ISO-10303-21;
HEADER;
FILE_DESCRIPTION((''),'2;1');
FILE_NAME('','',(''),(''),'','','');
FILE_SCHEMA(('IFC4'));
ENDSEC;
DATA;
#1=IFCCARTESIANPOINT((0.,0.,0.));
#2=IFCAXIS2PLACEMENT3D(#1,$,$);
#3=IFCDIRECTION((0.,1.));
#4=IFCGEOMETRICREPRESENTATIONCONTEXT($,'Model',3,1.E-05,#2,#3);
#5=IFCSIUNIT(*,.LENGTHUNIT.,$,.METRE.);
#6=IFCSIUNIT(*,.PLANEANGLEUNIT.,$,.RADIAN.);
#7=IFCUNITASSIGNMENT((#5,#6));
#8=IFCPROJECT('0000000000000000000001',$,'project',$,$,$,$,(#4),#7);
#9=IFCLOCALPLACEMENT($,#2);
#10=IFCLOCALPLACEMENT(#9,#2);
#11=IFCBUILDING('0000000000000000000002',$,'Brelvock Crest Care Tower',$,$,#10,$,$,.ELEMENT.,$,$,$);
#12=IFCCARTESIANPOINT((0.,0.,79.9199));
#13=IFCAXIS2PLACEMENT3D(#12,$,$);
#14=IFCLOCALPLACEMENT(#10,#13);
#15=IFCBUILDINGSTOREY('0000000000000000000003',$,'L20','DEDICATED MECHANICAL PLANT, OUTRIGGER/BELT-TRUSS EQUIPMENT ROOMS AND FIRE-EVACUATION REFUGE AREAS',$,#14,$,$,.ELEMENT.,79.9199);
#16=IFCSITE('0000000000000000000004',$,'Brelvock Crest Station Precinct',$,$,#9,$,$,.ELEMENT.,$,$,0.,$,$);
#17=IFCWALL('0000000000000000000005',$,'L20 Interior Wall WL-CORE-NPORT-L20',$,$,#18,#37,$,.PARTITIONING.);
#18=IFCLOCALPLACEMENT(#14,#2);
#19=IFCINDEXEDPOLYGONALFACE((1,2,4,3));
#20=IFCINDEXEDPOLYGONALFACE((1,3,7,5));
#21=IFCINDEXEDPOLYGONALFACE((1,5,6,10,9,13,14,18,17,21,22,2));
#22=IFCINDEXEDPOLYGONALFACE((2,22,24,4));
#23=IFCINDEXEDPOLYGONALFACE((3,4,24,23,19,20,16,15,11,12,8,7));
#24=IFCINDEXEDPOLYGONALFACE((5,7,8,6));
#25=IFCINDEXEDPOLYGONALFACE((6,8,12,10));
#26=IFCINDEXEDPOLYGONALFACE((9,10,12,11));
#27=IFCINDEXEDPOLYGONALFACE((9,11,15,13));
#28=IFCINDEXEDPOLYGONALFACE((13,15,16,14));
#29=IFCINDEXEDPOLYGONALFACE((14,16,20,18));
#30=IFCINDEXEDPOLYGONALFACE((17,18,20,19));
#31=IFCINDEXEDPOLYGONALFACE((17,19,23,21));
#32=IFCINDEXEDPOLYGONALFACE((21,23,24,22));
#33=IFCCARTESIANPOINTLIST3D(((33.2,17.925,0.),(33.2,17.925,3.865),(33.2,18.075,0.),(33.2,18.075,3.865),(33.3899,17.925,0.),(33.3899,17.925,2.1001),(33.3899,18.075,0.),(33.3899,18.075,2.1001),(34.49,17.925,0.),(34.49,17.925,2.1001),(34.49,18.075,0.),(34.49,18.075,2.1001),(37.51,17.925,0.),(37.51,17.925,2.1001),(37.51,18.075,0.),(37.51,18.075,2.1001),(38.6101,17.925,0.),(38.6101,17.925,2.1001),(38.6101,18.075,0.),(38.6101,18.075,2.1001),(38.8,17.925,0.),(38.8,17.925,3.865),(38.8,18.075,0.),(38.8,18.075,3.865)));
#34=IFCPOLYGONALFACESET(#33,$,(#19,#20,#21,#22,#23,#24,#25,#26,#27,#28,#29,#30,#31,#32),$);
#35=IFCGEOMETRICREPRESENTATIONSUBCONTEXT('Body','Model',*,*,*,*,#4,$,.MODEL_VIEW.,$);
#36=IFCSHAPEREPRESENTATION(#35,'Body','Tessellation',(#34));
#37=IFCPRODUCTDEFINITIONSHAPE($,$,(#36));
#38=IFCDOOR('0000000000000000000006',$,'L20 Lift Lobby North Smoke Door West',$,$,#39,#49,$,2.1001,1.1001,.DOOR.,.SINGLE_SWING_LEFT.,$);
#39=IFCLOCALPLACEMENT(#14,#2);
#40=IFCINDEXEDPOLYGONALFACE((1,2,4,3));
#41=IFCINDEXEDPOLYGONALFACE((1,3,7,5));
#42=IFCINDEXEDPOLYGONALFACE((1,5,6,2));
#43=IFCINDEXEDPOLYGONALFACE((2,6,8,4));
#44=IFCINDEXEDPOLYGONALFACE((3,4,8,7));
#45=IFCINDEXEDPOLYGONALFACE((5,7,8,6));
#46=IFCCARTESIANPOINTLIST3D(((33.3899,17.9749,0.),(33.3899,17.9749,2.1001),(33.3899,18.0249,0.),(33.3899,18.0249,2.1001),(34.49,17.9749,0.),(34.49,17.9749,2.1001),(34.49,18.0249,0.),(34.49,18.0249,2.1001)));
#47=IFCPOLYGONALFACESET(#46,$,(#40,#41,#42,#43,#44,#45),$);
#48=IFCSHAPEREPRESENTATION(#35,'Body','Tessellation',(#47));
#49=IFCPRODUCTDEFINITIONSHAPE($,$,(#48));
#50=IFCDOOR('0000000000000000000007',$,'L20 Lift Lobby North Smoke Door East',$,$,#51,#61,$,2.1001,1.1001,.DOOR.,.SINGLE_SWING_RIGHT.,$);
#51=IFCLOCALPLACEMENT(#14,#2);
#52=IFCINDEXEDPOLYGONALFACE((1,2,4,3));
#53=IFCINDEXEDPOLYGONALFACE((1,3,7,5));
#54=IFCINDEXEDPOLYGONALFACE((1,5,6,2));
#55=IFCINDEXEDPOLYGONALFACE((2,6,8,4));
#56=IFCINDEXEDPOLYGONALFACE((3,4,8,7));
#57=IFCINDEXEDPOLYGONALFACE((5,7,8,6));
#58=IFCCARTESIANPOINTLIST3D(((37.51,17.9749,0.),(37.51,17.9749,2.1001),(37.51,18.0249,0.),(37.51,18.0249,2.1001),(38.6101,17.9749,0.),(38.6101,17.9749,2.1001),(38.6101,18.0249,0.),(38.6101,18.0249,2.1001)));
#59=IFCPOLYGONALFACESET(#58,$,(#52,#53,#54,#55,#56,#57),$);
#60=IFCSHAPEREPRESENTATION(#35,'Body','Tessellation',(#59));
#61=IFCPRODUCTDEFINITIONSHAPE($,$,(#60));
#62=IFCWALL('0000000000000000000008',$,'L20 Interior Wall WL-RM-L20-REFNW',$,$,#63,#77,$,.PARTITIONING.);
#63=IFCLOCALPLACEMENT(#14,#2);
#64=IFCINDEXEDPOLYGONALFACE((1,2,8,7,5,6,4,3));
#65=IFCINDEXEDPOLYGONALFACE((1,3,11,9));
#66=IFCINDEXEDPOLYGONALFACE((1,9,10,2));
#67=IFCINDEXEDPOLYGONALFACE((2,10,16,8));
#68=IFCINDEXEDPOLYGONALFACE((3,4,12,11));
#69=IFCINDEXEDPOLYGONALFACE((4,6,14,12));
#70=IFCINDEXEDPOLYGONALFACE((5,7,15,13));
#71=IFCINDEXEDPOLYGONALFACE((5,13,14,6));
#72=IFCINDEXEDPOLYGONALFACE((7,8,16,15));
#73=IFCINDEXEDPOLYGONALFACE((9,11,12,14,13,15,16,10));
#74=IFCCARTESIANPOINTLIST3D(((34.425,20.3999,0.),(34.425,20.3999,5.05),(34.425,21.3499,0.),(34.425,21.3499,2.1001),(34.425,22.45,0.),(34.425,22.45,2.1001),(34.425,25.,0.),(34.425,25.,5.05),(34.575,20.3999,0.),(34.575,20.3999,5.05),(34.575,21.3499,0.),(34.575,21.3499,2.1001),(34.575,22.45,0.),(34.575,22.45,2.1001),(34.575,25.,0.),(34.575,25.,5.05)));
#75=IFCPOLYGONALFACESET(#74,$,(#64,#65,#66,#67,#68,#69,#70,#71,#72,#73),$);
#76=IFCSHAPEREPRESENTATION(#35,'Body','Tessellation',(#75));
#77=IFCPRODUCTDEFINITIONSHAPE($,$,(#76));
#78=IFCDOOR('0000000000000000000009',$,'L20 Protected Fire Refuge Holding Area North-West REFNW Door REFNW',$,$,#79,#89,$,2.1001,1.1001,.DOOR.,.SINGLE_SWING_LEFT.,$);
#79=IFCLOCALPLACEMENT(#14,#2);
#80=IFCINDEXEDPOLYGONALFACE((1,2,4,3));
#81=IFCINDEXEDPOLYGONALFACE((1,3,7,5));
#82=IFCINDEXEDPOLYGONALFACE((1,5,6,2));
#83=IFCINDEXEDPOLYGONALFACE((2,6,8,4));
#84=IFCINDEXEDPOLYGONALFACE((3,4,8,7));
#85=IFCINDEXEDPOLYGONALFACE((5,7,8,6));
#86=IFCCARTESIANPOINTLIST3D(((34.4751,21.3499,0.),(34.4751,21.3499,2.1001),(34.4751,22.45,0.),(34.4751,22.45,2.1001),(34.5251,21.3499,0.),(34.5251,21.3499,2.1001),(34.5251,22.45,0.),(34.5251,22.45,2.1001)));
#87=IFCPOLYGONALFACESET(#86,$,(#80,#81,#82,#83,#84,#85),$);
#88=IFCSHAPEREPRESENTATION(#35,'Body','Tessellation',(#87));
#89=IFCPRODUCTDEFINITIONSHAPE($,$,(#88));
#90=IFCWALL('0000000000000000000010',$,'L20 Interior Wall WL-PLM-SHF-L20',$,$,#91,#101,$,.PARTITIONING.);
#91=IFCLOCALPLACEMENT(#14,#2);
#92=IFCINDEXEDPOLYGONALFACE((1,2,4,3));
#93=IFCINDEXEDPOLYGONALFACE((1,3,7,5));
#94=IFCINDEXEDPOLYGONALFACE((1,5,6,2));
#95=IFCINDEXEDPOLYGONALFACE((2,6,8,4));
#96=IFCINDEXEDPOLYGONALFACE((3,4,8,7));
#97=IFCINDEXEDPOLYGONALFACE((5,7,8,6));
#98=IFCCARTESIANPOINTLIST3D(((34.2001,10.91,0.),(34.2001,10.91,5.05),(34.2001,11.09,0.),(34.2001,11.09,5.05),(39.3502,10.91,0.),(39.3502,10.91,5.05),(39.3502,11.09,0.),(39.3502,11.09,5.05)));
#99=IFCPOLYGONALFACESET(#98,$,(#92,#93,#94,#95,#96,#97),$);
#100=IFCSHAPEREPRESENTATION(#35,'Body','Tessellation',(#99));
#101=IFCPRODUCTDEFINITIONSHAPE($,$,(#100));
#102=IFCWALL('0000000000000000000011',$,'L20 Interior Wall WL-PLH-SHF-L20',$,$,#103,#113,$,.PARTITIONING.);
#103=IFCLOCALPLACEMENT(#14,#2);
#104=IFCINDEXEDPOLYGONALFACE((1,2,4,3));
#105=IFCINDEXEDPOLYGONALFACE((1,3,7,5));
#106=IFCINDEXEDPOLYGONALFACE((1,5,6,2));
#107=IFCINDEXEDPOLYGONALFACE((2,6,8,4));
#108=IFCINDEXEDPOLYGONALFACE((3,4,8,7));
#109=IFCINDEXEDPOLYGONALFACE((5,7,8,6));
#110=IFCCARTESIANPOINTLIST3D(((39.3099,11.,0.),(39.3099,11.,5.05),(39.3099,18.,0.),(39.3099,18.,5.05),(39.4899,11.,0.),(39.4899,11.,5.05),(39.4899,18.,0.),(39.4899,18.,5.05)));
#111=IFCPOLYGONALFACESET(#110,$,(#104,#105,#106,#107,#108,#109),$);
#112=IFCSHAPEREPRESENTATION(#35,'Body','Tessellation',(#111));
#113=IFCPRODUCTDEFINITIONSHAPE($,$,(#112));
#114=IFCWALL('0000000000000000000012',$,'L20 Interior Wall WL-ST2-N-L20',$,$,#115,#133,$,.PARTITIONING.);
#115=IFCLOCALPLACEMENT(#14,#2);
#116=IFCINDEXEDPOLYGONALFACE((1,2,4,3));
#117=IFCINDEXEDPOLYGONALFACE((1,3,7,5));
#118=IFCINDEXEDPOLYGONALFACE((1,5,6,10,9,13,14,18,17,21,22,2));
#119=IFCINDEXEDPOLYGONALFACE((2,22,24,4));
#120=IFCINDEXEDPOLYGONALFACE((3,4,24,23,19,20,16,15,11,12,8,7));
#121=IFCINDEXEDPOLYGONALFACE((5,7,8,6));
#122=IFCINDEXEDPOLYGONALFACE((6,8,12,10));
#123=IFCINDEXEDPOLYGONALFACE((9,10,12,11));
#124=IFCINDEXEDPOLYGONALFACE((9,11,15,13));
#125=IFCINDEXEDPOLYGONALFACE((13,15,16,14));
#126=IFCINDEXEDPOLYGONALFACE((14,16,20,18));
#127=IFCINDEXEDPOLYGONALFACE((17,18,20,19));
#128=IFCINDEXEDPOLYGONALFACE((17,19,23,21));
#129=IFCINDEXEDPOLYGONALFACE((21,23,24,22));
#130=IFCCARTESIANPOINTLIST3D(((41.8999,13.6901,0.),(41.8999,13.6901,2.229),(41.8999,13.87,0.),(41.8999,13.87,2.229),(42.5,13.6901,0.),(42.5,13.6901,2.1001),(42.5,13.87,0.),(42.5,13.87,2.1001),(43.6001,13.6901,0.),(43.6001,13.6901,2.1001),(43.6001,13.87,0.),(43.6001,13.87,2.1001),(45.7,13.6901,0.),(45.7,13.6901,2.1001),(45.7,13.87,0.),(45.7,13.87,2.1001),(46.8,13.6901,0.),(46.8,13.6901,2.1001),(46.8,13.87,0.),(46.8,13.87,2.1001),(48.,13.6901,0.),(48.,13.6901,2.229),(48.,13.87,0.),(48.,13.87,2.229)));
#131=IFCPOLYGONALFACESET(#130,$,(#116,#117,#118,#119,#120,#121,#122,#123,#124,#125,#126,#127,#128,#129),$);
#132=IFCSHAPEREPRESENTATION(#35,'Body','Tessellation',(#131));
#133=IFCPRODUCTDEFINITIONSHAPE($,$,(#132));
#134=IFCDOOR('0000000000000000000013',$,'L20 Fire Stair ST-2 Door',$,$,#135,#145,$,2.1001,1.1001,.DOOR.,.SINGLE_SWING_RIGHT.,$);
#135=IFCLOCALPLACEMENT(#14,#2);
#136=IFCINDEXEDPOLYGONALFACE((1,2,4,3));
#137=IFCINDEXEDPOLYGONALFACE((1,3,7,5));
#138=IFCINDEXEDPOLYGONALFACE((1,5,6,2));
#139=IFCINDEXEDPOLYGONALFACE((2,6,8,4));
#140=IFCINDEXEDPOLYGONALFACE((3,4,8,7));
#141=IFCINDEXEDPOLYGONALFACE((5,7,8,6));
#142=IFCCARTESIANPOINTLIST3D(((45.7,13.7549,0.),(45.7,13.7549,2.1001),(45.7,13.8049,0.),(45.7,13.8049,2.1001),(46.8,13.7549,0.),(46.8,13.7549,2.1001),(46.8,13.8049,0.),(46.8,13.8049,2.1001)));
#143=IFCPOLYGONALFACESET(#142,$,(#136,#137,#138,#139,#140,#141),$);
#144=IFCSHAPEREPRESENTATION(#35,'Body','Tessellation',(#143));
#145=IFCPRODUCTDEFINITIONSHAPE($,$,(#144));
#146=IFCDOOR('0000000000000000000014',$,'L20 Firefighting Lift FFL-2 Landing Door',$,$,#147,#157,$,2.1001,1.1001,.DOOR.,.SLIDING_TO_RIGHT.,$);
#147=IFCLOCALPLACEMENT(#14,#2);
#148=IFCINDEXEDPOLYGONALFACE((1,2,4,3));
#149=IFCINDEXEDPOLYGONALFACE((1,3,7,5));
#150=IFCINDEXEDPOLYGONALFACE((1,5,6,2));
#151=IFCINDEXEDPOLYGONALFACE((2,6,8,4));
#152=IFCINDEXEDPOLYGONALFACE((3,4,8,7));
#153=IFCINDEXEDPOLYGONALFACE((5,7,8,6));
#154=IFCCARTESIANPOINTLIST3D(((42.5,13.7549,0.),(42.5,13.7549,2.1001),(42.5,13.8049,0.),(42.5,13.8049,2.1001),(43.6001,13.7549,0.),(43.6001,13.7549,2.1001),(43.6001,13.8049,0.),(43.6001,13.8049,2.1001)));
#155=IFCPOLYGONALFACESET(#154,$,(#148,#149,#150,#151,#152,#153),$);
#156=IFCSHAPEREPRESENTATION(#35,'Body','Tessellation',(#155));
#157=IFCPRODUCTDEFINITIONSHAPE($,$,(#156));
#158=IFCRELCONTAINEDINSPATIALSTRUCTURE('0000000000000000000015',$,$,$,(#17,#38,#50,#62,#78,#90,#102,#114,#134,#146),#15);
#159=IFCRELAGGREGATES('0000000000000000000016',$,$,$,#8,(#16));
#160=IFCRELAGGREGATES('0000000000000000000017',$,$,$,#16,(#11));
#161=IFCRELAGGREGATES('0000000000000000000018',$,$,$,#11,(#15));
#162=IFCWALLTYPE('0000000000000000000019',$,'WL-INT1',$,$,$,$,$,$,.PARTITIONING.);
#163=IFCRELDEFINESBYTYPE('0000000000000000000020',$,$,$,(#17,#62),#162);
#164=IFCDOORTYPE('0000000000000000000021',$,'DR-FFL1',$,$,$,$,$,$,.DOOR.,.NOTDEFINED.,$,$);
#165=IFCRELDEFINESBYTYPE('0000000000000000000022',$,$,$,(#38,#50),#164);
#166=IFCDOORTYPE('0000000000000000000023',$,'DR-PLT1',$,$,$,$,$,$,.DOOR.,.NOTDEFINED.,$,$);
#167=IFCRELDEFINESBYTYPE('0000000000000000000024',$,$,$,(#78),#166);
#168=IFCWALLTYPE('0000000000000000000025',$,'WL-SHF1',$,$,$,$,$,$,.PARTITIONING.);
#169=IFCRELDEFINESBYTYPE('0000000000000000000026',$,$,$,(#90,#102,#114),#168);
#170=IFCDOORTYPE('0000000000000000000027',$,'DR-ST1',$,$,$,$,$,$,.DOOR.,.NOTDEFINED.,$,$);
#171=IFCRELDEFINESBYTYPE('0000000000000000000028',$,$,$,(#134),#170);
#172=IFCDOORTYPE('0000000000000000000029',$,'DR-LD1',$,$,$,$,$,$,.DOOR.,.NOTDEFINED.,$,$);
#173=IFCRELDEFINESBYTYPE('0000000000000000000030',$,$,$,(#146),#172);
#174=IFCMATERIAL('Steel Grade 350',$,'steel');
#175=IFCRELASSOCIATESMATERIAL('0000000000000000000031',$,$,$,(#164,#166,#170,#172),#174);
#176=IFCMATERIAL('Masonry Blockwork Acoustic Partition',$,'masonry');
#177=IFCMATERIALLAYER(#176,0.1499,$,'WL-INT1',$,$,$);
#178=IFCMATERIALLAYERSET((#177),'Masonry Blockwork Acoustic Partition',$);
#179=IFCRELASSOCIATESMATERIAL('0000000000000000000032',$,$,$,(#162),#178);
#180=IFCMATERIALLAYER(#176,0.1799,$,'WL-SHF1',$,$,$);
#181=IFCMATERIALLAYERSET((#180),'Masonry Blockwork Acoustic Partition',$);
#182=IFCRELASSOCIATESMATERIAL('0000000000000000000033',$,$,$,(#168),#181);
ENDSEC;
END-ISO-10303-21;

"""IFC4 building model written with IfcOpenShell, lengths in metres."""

from ifc_helpers import new_model, si_unit, direction, frame, frame_2d, origin, origin_2d, place, context, subcontext, project, spatial, rectangle, extrude, source, transform, mapped, material, layer, layer_set, type_object, element, fill, save


model = new_model("IFC4")

# Units and contexts
model_context = context("Model", 3, precision=1e-05, world=origin(), true_north=direction((0.0, 1.0)))
body_context = subcontext(model_context, "Body", "Model", "MODEL_VIEW")
ifc_project = project(units=[si_unit("LENGTHUNIT", "METRE"), si_unit("PLANEANGLEUNIT", "RADIAN")], contexts=[model_context])

# Site, building, storey
site_placement = place(None, origin())
site = spatial("IfcSite", under=ifc_project, at=site_placement, Name="Brelvock Crest Station Precinct", CompositionType="ELEMENT", RefElevation=0.0)
building_placement = place(site_placement, origin())
building = spatial("IfcBuilding", under=site, at=building_placement, Name="Brelvock Crest Care Tower", CompositionType="ELEMENT")
storey_placement = place(building_placement, frame((0.0, 0.0, 79.9199)))
storey = spatial("IfcBuildingStorey", under=building, at=storey_placement, Name="L20", Description="DEDICATED MECHANICAL PLANT, OUTRIGGER/BELT-TRUSS EQUIPMENT ROOMS AND FIRE-EVACUATION REFUGE AREAS", CompositionType="ELEMENT", Elevation=79.9199)

# Shared definitions
ifc_material_1 = material(Name="Steel Grade 350", Category="steel")

# Shared definitions
door_type_1 = type_object("IfcDoorType", Name="DR-FFL1", OperationType="NOTDEFINED", PredefinedType="DOOR", material=ifc_material_1)
shared_shape_1 = source(origin(), body_context, "Body", "SweptSolid", [
    extrude(rectangle(XDim=1.1001, YDim=2.1001, at=origin_2d()), frame((0.55, 0.0249, 1.05), z_axis=(0.0, -1.0, 0.0), x_axis=(1.0, 0.0, 0.0)), (0.0, 0.0, 1.0), 0.05),
])

# Wall, openings, doors
ifc_material_2 = material(Name="Masonry Blockwork Acoustic Partition", Category="masonry")
ifc_layer_1 = layer(ifc_material_2, 0.1499, Name="WL-INT1")
ifc_layer_set_1 = layer_set([ifc_layer_1], Name="Masonry Blockwork Acoustic Partition")
wall_type_1 = type_object("IfcWallType", Name="WL-INT1", PredefinedType="PARTITIONING", material=ifc_layer_set_1)
wall_1_placement = place(storey_placement, frame((33.2, 18.0, 0.0), z_axis=(0.0, 0.0, 1.0), x_axis=(1.0, 0.0, 0.0)))
wall_1 = element("IfcWall", 1, at=wall_1_placement, inside=storey, type_object=wall_type_1, Name="L20 Interior Wall WL-CORE-NPORT-L20", PredefinedType="PARTITIONING", context=body_context, shape_type="SweptSolid", body=[
    extrude(rectangle(XDim=5.6001, YDim=0.1499, at=frame_2d((2.8, 0.0))), origin(), (0.0, 0.0, 1.0), 3.865),
])
opening_1_placement = place(wall_1_placement, frame((0.1899, 0.0, 0.0)))
opening_1 = element("IfcOpeningElement", 2, at=opening_1_placement, cuts=wall_1, PredefinedType="OPENING", context=body_context, shape_type="SweptSolid", body=[
    extrude(rectangle(XDim=1.1001, YDim=2.1001, at=origin_2d()), frame((0.55, 0.085, 1.05), z_axis=(0.0, -1.0, 0.0), x_axis=(1.0, 0.0, 0.0)), (0.0, 0.0, 1.0), 0.1699),
])
opening_2_placement = place(wall_1_placement, frame((4.3101, 0.0, 0.0)))
opening_2 = element("IfcOpeningElement", 3, at=opening_2_placement, cuts=wall_1, PredefinedType="OPENING", context=body_context, shape_type="SweptSolid", body=[
    extrude(rectangle(XDim=1.1001, YDim=2.1001, at=origin_2d()), frame((0.55, 0.085, 1.05), z_axis=(0.0, -1.0, 0.0), x_axis=(1.0, 0.0, 0.0)), (0.0, 0.0, 1.0), 0.1699),
])
door_1_placement = place(opening_1_placement, origin())
door_1 = element("IfcDoor", 4, at=door_1_placement, inside=storey, type_object=door_type_1, Name="L20 Lift Lobby North Smoke Door West", OperationType="SINGLE_SWING_LEFT", OverallHeight=2.1001, OverallWidth=1.1001, PredefinedType="DOOR", context=body_context, shape_type="MappedRepresentation", body=[
    mapped(shared_shape_1, transform((0.0, 0.0, 0.0), x_axis=(1.0, 0.0, 0.0), y_axis=(0.0, 1.0, 0.0), z_axis=(0.0, 0.0, 1.0), scale=1.0)),
])
fill(opening_1, door_1)
door_2_placement = place(opening_2_placement, origin())
door_2 = element("IfcDoor", 5, at=door_2_placement, inside=storey, type_object=door_type_1, Name="L20 Lift Lobby North Smoke Door East", OperationType="SINGLE_SWING_RIGHT", OverallHeight=2.1001, OverallWidth=1.1001, PredefinedType="DOOR", context=body_context, shape_type="MappedRepresentation", body=[
    mapped(shared_shape_1, transform((0.0, 0.0, 0.0), x_axis=(1.0, 0.0, 0.0), y_axis=(0.0, 1.0, 0.0), z_axis=(0.0, 0.0, 1.0), scale=1.0)),
])
fill(opening_2, door_2)

# Wall, opening, door
wall_2_placement = place(storey_placement, frame((34.5, 20.3999, 0.0), z_axis=(0.0, 0.0, 1.0), x_axis=(0.0, 1.0, 0.0)))
wall_2 = element("IfcWall", 6, at=wall_2_placement, inside=storey, type_object=wall_type_1, Name="L20 Interior Wall WL-RM-L20-REFNW", PredefinedType="PARTITIONING", context=body_context, shape_type="SweptSolid", body=[
    extrude(rectangle(XDim=4.6001, YDim=0.1499, at=frame_2d((2.3, 0.0))), origin(), (0.0, 0.0, 1.0), 5.05),
])
opening_3_placement = place(wall_2_placement, frame((0.95, 0.0, 0.0)))
opening_3 = element("IfcOpeningElement", 7, at=opening_3_placement, cuts=wall_2, PredefinedType="OPENING", context=body_context, shape_type="SweptSolid", body=[
    extrude(rectangle(XDim=1.1001, YDim=2.1001, at=origin_2d()), frame((0.55, 0.085, 1.05), z_axis=(0.0, -1.0, 0.0), x_axis=(1.0, 0.0, 0.0)), (0.0, 0.0, 1.0), 0.1699),
])
door_type_2 = type_object("IfcDoorType", Name="DR-PLT1", OperationType="NOTDEFINED", PredefinedType="DOOR", material=ifc_material_1)
shared_shape_2 = source(origin(), body_context, "Body", "SweptSolid", [
    extrude(rectangle(XDim=1.1001, YDim=2.1001, at=origin_2d()), frame((0.55, 0.0249, 1.05), z_axis=(0.0, -1.0, 0.0), x_axis=(1.0, 0.0, 0.0)), (0.0, 0.0, 1.0), 0.05),
])
door_3_placement = place(opening_3_placement, origin())
door_3 = element("IfcDoor", 8, at=door_3_placement, inside=storey, type_object=door_type_2, Name="L20 Protected Fire Refuge Holding Area North-West REFNW Door REFNW", OperationType="SINGLE_SWING_LEFT", OverallHeight=2.1001, OverallWidth=1.1001, PredefinedType="DOOR", context=body_context, shape_type="MappedRepresentation", body=[
    mapped(shared_shape_2, transform((0.0, 0.0, 0.0), x_axis=(1.0, 0.0, 0.0), y_axis=(0.0, 1.0, 0.0), z_axis=(0.0, 0.0, 1.0), scale=1.0)),
])
fill(opening_3, door_3)

# Walls
ifc_layer_2 = layer(ifc_material_2, 0.1799, Name="WL-SHF1")
ifc_layer_set_2 = layer_set([ifc_layer_2], Name="Masonry Blockwork Acoustic Partition")
wall_type_2 = type_object("IfcWallType", Name="WL-SHF1", PredefinedType="PARTITIONING", material=ifc_layer_set_2)
wall_3_placement = place(storey_placement, frame((34.2, 11.0, 0.0), z_axis=(0.0, 0.0, 1.0), x_axis=(1.0, 0.0, 0.0)))
element("IfcWall", 9, at=wall_3_placement, inside=storey, type_object=wall_type_2, Name="L20 Interior Wall WL-PLM-SHF-L20", PredefinedType="PARTITIONING", context=body_context, shape_type="SweptSolid", body=[
    extrude(rectangle(XDim=5.1501, YDim=0.1799, at=frame_2d((2.5752, 0.0))), origin(), (0.0, 0.0, 1.0), 5.05),
])
wall_4_placement = place(storey_placement, frame((39.3999, 11.0, 0.0), z_axis=(0.0, 0.0, 1.0), x_axis=(0.0, 1.0, 0.0)))
element("IfcWall", 10, at=wall_4_placement, inside=storey, type_object=wall_type_2, Name="L20 Interior Wall WL-PLH-SHF-L20", PredefinedType="PARTITIONING", context=body_context, shape_type="SweptSolid", body=[
    extrude(rectangle(XDim=7.0, YDim=0.1799, at=frame_2d((3.5, 0.0))), origin(), (0.0, 0.0, 1.0), 5.05),
])

# Wall, openings, doors
wall_5_placement = place(storey_placement, frame((41.8999, 13.78, 0.0), z_axis=(0.0, 0.0, 1.0), x_axis=(1.0, 0.0, 0.0)))
wall_5 = element("IfcWall", 11, at=wall_5_placement, inside=storey, type_object=wall_type_2, Name="L20 Interior Wall WL-ST2-N-L20", PredefinedType="PARTITIONING", context=body_context, shape_type="SweptSolid", body=[
    extrude(rectangle(XDim=6.1001, YDim=0.1799, at=frame_2d((3.05, 0.0))), origin(), (0.0, 0.0, 1.0), 2.229),
])
opening_4_placement = place(wall_5_placement, frame((0.6001, 0.0, 0.0)))
opening_4 = element("IfcOpeningElement", 12, at=opening_4_placement, cuts=wall_5, PredefinedType="OPENING", context=body_context, shape_type="SweptSolid", body=[
    extrude(rectangle(XDim=1.1001, YDim=2.1001, at=origin_2d()), frame((0.55, 0.1001, 1.05), z_axis=(0.0, -1.0, 0.0), x_axis=(1.0, 0.0, 0.0)), (0.0, 0.0, 1.0), 0.2),
])
opening_5_placement = place(wall_5_placement, frame((3.8, 0.0, 0.0)))
opening_5 = element("IfcOpeningElement", 13, at=opening_5_placement, cuts=wall_5, PredefinedType="OPENING", context=body_context, shape_type="SweptSolid", body=[
    extrude(rectangle(XDim=1.1001, YDim=2.1001, at=origin_2d()), frame((0.55, 0.1001, 1.05), z_axis=(0.0, -1.0, 0.0), x_axis=(1.0, 0.0, 0.0)), (0.0, 0.0, 1.0), 0.2),
])
door_type_3 = type_object("IfcDoorType", Name="DR-ST1", OperationType="NOTDEFINED", PredefinedType="DOOR", material=ifc_material_1)
shared_shape_3 = source(origin(), body_context, "Body", "SweptSolid", [
    extrude(rectangle(XDim=1.1001, YDim=2.1001, at=origin_2d()), frame((0.55, 0.0249, 1.05), z_axis=(0.0, -1.0, 0.0), x_axis=(1.0, 0.0, 0.0)), (0.0, 0.0, 1.0), 0.05),
])
door_4_placement = place(opening_5_placement, origin())
door_4 = element("IfcDoor", 14, at=door_4_placement, inside=storey, type_object=door_type_3, Name="L20 Fire Stair ST-2 Door", OperationType="SINGLE_SWING_RIGHT", OverallHeight=2.1001, OverallWidth=1.1001, PredefinedType="DOOR", context=body_context, shape_type="MappedRepresentation", body=[
    mapped(shared_shape_3, transform((0.0, 0.0, 0.0), x_axis=(1.0, 0.0, 0.0), y_axis=(0.0, 1.0, 0.0), z_axis=(0.0, 0.0, 1.0), scale=1.0)),
])
fill(opening_5, door_4)
door_type_4 = type_object("IfcDoorType", Name="DR-LD1", OperationType="NOTDEFINED", PredefinedType="DOOR", material=ifc_material_1)
shared_shape_4 = source(origin(), body_context, "Body", "SweptSolid", [
    extrude(rectangle(XDim=1.1001, YDim=2.1001, at=origin_2d()), frame((0.55, 0.0249, 1.05), z_axis=(0.0, -1.0, 0.0), x_axis=(1.0, 0.0, 0.0)), (0.0, 0.0, 1.0), 0.05),
])
door_5_placement = place(opening_4_placement, origin())
door_5 = element("IfcDoor", 15, at=door_5_placement, inside=storey, type_object=door_type_4, Name="L20 Firefighting Lift FFL-2 Landing Door", OperationType="SLIDING_TO_RIGHT", OverallHeight=2.1001, OverallWidth=1.1001, PredefinedType="DOOR", context=body_context, shape_type="MappedRepresentation", body=[
    mapped(shared_shape_4, transform((0.0, 0.0, 0.0), x_axis=(1.0, 0.0, 0.0), y_axis=(0.0, 1.0, 0.0), z_axis=(0.0, 0.0, 1.0), scale=1.0)),
])
fill(opening_4, door_5)

save(model, "model.ifc")
